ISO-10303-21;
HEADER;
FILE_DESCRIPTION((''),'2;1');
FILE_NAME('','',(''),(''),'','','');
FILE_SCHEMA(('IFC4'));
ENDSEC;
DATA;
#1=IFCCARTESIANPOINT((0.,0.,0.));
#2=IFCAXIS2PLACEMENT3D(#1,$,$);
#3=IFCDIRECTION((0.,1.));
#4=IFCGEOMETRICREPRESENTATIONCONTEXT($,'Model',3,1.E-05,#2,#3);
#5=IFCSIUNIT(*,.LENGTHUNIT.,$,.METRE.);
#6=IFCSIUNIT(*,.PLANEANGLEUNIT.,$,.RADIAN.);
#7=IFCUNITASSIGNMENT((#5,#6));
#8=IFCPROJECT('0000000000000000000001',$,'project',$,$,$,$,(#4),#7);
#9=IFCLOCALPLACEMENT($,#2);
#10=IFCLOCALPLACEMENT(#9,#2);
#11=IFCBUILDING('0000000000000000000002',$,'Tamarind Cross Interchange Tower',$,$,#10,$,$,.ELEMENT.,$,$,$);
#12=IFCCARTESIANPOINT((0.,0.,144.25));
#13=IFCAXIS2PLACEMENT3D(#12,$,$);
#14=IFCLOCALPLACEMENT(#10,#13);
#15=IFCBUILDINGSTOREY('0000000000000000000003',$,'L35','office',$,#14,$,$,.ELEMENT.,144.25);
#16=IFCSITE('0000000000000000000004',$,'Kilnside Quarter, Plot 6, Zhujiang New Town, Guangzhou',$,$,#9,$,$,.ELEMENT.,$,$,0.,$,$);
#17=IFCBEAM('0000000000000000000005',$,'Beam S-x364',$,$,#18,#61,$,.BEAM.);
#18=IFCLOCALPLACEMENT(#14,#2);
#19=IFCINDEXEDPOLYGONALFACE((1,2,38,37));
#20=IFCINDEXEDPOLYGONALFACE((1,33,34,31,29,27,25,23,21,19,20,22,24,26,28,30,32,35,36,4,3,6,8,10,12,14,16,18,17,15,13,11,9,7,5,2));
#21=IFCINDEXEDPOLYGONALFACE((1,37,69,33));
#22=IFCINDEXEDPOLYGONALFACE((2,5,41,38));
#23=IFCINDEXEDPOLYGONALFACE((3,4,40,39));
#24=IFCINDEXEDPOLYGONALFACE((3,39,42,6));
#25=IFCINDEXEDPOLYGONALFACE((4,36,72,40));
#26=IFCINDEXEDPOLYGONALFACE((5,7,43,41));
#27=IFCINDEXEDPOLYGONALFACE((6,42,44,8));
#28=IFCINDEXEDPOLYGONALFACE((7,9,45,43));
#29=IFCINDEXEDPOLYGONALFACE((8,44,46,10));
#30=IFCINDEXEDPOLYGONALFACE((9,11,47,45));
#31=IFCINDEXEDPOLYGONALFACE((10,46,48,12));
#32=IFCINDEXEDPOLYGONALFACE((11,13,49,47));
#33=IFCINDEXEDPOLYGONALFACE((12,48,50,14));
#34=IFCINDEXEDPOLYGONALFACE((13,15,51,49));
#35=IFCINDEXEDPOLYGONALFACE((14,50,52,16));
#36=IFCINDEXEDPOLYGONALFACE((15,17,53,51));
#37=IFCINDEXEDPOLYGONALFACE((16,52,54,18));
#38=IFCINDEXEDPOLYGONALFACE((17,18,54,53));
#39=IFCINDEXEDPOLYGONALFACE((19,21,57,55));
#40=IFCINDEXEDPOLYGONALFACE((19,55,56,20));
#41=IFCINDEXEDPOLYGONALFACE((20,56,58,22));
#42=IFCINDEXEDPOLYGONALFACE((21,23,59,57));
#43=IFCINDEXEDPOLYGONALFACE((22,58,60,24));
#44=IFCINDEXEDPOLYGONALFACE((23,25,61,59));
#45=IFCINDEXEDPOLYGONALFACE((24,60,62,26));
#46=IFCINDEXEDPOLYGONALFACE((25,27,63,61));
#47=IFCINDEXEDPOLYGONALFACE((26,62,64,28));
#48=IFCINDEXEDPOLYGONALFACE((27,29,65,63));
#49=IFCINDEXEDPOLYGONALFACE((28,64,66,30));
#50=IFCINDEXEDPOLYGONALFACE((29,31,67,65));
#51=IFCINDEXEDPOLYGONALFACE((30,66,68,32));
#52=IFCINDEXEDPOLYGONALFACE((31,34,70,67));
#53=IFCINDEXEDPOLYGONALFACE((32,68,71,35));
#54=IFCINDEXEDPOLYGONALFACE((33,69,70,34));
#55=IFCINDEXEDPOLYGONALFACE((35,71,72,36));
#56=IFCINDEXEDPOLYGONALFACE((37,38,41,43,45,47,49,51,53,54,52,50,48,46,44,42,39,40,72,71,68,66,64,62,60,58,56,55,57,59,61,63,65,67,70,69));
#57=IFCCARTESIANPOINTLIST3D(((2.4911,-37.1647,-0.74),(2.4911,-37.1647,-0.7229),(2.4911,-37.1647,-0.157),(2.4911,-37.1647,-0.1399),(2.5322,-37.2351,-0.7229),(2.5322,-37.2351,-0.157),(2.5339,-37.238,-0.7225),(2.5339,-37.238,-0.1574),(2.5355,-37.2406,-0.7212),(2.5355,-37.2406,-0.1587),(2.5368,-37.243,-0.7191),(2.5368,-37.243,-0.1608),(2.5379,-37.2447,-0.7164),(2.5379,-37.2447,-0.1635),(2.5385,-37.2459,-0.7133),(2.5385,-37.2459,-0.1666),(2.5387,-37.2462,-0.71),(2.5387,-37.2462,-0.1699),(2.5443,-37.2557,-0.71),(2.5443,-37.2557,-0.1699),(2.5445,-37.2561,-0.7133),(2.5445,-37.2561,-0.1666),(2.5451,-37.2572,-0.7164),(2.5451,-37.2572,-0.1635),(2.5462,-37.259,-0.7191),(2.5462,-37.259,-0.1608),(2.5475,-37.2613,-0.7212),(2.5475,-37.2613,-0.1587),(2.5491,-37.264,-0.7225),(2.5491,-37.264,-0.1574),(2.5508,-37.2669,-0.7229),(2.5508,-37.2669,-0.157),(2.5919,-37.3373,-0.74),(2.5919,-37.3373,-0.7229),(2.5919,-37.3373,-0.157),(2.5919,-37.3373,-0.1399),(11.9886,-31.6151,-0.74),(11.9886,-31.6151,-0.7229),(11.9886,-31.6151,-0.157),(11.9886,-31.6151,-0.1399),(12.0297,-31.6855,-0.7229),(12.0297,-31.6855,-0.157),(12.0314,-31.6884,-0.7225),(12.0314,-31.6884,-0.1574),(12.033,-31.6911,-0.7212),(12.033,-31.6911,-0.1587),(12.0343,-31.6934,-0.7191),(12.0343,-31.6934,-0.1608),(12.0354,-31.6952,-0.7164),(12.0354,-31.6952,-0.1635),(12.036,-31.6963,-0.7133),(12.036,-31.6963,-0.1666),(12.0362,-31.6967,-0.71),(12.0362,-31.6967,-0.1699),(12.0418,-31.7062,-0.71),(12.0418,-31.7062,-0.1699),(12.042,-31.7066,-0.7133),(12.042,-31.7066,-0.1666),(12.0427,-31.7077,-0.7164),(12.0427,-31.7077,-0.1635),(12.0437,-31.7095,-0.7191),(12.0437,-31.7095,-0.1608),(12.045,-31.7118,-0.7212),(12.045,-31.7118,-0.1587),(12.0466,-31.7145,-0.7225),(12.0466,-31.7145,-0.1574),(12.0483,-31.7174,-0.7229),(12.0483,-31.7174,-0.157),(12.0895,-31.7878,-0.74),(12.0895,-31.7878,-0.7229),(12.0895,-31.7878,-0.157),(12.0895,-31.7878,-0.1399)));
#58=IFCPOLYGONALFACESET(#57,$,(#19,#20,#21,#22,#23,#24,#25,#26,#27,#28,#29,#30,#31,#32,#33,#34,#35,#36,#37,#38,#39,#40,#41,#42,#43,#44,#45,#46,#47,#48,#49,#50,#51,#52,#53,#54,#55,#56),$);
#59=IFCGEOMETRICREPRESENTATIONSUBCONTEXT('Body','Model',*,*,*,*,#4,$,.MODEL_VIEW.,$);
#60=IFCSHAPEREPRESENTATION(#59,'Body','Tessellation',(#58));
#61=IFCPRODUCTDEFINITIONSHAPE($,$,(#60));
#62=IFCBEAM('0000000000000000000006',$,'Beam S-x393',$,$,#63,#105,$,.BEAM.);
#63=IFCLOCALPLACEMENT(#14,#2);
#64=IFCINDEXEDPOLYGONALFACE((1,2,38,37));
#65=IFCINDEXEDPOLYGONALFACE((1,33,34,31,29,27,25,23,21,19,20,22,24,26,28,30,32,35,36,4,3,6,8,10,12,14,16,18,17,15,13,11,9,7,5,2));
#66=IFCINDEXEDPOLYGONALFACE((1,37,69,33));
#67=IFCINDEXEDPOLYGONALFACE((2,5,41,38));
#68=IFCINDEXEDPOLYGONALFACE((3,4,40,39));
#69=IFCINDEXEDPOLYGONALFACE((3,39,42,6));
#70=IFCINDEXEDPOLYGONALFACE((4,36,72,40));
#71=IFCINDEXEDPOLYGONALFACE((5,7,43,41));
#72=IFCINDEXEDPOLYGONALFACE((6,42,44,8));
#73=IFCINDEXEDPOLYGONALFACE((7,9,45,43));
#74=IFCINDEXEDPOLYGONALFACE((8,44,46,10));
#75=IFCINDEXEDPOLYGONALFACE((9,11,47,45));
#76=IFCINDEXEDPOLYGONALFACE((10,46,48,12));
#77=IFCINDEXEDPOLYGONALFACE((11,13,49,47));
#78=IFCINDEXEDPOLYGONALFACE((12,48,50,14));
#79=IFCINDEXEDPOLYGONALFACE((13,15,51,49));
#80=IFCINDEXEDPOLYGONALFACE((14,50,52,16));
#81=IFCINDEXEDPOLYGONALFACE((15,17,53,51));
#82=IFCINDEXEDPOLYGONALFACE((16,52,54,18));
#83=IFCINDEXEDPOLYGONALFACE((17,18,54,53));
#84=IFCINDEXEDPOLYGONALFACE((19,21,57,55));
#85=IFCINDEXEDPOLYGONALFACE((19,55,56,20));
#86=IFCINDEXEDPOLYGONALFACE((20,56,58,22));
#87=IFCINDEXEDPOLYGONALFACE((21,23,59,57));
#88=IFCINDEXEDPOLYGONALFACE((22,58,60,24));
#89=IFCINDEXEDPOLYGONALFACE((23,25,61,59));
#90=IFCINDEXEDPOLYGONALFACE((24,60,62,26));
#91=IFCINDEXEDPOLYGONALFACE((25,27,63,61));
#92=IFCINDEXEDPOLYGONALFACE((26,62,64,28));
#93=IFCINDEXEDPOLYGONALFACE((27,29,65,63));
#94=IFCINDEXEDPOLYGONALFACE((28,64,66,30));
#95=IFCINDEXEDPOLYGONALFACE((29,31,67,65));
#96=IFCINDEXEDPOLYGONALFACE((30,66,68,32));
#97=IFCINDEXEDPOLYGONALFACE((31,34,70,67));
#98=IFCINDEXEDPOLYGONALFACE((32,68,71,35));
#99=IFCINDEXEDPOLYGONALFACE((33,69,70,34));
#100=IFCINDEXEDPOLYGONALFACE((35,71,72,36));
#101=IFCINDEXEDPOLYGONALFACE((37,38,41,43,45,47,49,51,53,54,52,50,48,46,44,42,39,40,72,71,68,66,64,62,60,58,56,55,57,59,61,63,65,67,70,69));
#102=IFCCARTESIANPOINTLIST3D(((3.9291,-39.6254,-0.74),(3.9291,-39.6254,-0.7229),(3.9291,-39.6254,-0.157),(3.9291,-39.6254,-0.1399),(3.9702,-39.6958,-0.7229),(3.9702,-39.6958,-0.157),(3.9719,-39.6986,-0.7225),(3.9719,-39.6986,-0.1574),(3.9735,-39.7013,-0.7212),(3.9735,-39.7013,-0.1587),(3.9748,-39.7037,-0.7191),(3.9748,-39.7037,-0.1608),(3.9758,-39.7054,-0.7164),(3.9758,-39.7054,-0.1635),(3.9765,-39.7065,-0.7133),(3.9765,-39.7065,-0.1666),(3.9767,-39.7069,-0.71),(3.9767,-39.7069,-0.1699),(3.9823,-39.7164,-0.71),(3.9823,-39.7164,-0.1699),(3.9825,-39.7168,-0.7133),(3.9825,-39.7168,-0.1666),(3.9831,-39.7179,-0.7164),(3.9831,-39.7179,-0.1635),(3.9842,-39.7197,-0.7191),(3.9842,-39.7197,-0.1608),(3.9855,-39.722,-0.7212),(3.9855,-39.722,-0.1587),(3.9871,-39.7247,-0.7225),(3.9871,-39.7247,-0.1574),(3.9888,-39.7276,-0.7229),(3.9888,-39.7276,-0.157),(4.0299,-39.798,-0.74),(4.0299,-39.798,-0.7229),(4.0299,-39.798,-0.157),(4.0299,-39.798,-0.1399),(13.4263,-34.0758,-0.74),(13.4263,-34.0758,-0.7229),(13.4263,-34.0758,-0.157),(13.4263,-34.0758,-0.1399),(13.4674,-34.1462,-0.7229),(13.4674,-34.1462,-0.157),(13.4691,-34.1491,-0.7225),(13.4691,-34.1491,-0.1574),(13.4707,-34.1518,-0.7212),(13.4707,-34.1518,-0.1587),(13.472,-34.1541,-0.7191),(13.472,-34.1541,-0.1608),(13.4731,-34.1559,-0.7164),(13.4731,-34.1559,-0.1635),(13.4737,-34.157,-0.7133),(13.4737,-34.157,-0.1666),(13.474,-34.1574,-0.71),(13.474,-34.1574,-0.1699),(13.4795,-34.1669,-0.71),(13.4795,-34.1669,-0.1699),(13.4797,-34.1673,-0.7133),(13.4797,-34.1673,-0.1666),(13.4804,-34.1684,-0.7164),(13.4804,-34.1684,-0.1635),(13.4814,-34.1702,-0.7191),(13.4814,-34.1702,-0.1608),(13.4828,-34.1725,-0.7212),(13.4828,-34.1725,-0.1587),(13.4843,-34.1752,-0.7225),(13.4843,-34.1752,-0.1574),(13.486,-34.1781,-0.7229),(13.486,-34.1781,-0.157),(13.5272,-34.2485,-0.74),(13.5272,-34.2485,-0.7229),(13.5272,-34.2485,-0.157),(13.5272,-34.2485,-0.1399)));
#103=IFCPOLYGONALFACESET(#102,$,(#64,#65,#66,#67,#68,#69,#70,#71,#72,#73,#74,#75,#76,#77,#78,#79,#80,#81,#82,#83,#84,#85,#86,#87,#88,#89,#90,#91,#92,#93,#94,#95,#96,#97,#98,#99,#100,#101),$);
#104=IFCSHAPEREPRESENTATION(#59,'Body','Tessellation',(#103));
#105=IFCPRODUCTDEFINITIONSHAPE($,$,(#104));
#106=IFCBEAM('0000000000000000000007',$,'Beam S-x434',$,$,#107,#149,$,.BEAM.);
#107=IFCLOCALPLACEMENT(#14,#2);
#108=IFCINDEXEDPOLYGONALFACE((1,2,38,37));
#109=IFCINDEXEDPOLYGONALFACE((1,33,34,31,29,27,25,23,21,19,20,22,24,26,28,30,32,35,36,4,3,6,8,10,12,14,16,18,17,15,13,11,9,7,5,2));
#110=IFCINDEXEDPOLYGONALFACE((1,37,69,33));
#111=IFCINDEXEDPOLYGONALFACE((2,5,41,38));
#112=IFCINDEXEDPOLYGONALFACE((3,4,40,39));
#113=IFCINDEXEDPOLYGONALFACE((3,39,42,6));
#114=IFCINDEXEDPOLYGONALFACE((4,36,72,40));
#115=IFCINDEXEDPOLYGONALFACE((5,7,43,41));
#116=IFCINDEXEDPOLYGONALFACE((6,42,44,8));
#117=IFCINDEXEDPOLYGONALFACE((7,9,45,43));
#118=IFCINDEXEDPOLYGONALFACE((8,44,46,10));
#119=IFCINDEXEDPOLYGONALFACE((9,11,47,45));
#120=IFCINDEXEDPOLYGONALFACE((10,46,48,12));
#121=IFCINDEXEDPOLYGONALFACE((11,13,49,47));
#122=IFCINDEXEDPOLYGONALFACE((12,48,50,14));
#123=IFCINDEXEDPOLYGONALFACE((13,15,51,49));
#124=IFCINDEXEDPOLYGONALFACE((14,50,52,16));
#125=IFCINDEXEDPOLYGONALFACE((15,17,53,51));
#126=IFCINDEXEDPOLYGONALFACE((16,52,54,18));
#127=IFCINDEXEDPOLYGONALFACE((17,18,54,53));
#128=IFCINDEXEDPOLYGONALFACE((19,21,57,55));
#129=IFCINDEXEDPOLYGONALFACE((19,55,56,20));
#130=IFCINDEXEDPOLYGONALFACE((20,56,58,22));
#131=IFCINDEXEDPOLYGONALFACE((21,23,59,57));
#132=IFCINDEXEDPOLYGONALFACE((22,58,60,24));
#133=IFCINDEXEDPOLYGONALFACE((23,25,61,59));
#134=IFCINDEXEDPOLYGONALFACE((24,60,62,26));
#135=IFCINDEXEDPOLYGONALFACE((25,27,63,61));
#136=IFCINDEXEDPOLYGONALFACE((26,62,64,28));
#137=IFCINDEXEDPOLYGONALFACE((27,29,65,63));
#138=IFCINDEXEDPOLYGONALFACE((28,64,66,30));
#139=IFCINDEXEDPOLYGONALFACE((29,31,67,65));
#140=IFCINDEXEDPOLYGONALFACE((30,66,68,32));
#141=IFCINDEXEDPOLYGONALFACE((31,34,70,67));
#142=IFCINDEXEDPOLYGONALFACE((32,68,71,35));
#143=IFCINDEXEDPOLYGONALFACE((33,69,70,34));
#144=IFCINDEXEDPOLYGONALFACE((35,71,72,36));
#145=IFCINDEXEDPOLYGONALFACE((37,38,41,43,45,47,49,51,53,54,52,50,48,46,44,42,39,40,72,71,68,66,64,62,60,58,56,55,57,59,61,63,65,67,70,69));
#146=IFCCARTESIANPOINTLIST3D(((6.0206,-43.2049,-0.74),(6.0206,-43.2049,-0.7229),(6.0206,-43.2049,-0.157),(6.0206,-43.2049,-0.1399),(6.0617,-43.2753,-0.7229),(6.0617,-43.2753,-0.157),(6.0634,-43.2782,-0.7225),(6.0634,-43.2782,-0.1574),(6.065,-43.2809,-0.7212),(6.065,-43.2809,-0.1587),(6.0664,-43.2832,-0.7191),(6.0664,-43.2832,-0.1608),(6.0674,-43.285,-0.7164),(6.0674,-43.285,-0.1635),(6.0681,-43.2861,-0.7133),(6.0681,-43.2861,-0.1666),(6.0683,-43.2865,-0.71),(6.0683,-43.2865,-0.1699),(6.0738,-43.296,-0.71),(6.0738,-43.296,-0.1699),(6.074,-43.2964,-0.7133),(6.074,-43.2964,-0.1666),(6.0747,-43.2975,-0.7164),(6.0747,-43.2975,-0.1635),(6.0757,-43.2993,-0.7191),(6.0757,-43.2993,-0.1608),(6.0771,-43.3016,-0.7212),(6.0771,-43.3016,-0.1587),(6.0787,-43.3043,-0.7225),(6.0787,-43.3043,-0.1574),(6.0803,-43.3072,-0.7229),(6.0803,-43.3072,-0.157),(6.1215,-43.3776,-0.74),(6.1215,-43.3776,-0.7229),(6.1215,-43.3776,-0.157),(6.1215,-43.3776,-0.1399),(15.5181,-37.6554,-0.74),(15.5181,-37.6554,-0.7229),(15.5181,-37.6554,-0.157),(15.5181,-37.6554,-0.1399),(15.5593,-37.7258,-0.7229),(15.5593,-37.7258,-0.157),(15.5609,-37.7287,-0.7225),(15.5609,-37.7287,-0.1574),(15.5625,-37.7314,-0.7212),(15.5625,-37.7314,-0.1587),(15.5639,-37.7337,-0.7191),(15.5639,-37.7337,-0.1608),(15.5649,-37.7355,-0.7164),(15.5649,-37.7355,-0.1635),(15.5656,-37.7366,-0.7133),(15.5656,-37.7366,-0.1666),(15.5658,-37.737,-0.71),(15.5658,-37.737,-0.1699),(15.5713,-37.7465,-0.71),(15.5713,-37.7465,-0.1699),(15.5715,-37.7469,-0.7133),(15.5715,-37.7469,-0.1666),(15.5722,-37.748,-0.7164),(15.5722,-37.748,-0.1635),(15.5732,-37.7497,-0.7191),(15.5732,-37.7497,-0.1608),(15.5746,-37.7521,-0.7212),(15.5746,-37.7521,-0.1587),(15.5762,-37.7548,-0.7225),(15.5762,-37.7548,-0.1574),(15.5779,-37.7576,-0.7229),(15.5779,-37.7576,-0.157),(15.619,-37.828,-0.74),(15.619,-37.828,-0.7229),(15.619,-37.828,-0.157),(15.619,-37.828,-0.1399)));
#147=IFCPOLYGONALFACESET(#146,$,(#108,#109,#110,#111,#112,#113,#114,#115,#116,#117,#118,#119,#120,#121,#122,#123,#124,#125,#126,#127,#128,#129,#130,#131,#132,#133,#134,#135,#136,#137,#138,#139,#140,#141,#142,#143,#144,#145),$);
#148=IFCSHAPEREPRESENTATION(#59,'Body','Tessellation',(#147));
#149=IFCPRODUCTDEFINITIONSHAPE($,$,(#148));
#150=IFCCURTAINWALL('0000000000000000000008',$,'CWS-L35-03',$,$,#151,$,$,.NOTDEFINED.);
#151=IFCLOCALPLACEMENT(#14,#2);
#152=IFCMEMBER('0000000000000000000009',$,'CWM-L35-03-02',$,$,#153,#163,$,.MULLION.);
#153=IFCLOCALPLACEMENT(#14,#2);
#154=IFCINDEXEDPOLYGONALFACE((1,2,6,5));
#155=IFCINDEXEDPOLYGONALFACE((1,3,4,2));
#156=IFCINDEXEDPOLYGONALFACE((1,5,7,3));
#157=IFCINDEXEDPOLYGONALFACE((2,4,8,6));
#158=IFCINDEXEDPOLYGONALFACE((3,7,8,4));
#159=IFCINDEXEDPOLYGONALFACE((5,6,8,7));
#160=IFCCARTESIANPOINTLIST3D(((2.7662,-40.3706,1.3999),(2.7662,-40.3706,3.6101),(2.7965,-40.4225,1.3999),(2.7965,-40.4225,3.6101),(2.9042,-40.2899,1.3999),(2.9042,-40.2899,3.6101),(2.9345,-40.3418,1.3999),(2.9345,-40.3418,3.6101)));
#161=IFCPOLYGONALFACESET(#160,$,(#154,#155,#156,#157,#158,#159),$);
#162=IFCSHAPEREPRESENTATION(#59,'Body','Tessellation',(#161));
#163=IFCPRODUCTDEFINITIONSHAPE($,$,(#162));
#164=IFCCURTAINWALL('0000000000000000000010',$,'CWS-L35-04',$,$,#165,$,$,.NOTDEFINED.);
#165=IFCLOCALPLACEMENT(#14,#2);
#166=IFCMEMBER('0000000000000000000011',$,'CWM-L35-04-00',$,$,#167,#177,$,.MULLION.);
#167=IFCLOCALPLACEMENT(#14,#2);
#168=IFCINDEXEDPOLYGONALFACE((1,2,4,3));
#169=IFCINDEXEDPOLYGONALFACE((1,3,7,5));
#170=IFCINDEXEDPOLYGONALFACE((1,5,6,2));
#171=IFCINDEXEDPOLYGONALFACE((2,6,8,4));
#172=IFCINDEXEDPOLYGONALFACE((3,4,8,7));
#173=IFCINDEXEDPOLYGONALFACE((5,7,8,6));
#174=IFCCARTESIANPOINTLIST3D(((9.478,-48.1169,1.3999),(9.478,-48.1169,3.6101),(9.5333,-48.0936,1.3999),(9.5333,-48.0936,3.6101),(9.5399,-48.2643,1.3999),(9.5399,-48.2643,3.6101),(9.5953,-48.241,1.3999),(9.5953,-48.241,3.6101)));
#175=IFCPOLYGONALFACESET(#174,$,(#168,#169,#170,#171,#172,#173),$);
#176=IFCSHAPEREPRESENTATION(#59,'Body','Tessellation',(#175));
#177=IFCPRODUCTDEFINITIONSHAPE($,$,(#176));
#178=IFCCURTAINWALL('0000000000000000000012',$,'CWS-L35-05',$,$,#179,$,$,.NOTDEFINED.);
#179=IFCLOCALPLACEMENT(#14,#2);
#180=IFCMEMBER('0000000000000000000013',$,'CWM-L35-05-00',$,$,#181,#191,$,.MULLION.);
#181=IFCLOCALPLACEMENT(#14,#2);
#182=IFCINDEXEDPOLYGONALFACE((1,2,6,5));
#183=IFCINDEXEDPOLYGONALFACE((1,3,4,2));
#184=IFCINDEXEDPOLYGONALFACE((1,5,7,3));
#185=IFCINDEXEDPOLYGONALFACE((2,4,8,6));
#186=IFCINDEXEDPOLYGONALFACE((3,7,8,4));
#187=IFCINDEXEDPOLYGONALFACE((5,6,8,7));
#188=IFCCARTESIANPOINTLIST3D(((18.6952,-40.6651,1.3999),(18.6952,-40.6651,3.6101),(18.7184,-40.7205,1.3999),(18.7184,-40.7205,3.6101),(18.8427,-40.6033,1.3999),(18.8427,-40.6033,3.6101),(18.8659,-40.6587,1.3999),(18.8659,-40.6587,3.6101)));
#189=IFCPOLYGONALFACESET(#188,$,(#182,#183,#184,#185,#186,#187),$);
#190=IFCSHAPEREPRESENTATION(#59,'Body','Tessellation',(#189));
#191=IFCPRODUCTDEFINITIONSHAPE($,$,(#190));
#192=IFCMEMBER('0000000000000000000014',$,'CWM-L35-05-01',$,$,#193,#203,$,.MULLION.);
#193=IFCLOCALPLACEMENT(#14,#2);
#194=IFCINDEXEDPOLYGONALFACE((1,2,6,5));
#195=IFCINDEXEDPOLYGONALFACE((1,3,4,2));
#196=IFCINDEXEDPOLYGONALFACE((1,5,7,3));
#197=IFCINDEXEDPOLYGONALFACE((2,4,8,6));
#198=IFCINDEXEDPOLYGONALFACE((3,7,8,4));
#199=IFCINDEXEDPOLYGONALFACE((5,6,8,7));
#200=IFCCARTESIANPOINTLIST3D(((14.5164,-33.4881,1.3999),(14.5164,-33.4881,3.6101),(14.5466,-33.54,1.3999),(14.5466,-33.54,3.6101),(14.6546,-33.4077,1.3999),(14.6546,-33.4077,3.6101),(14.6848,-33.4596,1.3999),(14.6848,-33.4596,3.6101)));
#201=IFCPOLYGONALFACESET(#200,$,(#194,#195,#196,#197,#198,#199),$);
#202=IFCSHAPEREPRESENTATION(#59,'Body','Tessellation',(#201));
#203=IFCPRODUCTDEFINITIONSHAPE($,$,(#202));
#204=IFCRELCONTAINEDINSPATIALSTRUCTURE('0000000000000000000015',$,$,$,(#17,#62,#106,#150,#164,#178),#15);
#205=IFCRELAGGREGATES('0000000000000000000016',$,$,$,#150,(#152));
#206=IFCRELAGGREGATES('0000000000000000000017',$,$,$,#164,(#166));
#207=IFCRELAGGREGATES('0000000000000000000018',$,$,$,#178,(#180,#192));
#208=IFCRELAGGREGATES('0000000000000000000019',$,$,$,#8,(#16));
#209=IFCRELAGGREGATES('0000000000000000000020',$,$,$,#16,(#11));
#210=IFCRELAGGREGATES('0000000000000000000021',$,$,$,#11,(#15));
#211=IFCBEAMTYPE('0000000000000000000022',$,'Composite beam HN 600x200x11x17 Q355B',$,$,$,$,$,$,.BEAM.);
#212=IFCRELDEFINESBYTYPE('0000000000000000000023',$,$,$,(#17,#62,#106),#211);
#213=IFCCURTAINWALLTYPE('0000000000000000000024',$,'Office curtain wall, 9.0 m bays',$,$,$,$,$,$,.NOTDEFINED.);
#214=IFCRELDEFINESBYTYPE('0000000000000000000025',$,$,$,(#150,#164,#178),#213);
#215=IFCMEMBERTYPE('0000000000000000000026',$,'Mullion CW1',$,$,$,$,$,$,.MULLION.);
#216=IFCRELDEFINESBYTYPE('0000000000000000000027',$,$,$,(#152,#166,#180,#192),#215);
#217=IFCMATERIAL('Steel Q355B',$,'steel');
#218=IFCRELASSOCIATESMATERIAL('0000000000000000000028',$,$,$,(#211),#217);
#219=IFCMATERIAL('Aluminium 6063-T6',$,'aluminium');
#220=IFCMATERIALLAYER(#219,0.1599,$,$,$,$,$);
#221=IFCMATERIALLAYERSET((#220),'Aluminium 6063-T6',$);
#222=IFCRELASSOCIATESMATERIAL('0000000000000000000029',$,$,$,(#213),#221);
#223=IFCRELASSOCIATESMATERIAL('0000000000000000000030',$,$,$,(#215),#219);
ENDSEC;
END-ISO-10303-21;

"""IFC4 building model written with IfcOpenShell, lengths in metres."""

from ifc_helpers import new_model, si_unit, direction, frame, origin, origin_2d, place, context, subcontext, project, spatial, rectangle, i_section, extrude, material, layer, layer_set, material_profile, profile_set, type_object, element, aggregate, save


model = new_model("IFC4")

# Units and contexts
model_context = context("Model", 3, precision=1e-05, world=origin(), true_north=direction((0.0, 1.0)))
body_context = subcontext(model_context, "Body", "Model", "MODEL_VIEW")
ifc_project = project(units=[si_unit("LENGTHUNIT", "METRE"), si_unit("PLANEANGLEUNIT", "RADIAN")], contexts=[model_context])

# Site, building, storey
site_placement = place(None, origin())
site = spatial("IfcSite", under=ifc_project, at=site_placement, Name="Kilnside Quarter, Plot 6, Zhujiang New Town, Guangzhou", CompositionType="ELEMENT", RefElevation=0.0)
building_placement = place(site_placement, origin())
building = spatial("IfcBuilding", under=site, at=building_placement, Name="Tamarind Cross Interchange Tower", CompositionType="ELEMENT")
storey_placement = place(building_placement, frame((0.0, 0.0, 144.25)))
storey = spatial("IfcBuildingStorey", under=building, at=storey_placement, Name="L35", Description="office", CompositionType="ELEMENT", Elevation=144.25)

# Beams
ifc_material_1 = material(Name="Steel Q355B", Category="steel")
ifc_material_profile_1 = material_profile(ifc_material_1, i_section(OverallWidth=0.2, OverallDepth=0.6001, WebThickness=0.011, FlangeThickness=0.0171, FilletRadius=0.0129, at=origin_2d()), Name="HN 600x200x11x17")
ifc_profile_set_1 = profile_set([ifc_material_profile_1], Name="Steel Q355B")
beam_type_1 = type_object("IfcBeamType", Name="Composite beam HN 600x200x11x17 Q355B", PredefinedType="BEAM", material=ifc_profile_set_1)
beam_1_placement = place(storey_placement, frame((2.5415, -37.251, -0.4399), z_axis=(0.86341, 0.504503, 0.0), x_axis=(-0.504503, 0.86341, 0.0)))
element("IfcBeam", 1, at=beam_1_placement, inside=storey, type_object=beam_type_1, Name="Beam S-x364", PredefinedType="BEAM", context=body_context, shape_type="SweptSolid", body=[
    extrude(i_section(OverallWidth=0.2, OverallDepth=0.6001, WebThickness=0.011, FlangeThickness=0.0171, FilletRadius=0.0129, at=origin_2d()), origin(), (0.0, 0.0, 1.0), 11.0),
])
beam_2_placement = place(storey_placement, frame((3.9795, -39.7117, -0.4399), z_axis=(0.863404, 0.504513, 0.0), x_axis=(-0.504513, 0.863404, 0.0)))
element("IfcBeam", 2, at=beam_2_placement, inside=storey, type_object=beam_type_1, Name="Beam S-x393", PredefinedType="BEAM", context=body_context, shape_type="SweptSolid", body=[
    extrude(i_section(OverallWidth=0.2, OverallDepth=0.6001, WebThickness=0.011, FlangeThickness=0.0171, FilletRadius=0.0129, at=origin_2d()), origin(), (0.0, 0.0, 1.0), 10.9998),
])
beam_3_placement = place(storey_placement, frame((6.071, -43.2913, -0.4399), z_axis=(0.86341, 0.504503, 0.0), x_axis=(-0.504503, 0.86341, 0.0)))
element("IfcBeam", 3, at=beam_3_placement, inside=storey, type_object=beam_type_1, Name="Beam S-x434", PredefinedType="BEAM", context=body_context, shape_type="SweptSolid", body=[
    extrude(i_section(OverallWidth=0.2, OverallDepth=0.6001, WebThickness=0.011, FlangeThickness=0.0171, FilletRadius=0.0129, at=origin_2d()), origin(), (0.0, 0.0, 1.0), 11.0),
])

# Curtain walls, members
ifc_material_2 = material(Name="Aluminium 6063-T6", Category="aluminium")
ifc_layer_1 = layer(ifc_material_2, 0.1599)
ifc_layer_set_1 = layer_set([ifc_layer_1], Name="Aluminium 6063-T6")
curtain_wall_type = type_object("IfcCurtainWallType", Name="Office curtain wall, 9.0 m bays", PredefinedType="NOTDEFINED", material=ifc_layer_set_1)
curtain_wall_1_placement = place(storey_placement, origin())
curtain_wall_1 = element("IfcCurtainWall", 4, at=curtain_wall_1_placement, inside=storey, type_object=curtain_wall_type, Name="CWS-L35-03", PredefinedType="NOTDEFINED")
ifc_material_profile_2 = material_profile(ifc_material_2, rectangle(XDim=0.0601, YDim=0.1599, at=origin_2d()), Name="Mullion CW1")
ifc_profile_set_2 = profile_set([ifc_material_profile_2], Name="Aluminium 6063-T6")
member_type = type_object("IfcMemberType", Name="Mullion CW1", PredefinedType="MULLION", material=ifc_profile_set_2)
member_1_placement = place(storey_placement, frame((2.8503, -40.3562, 1.3999), z_axis=(0.0, 0.0, 1.0), x_axis=(0.504516, -0.863403, 0.0)))
member_1 = element("IfcMember", 5, at=member_1_placement, type_object=member_type, Name="CWM-L35-03-02", PredefinedType="MULLION", context=body_context, shape_type="SweptSolid", body=[
    extrude(rectangle(XDim=0.0601, YDim=0.1599, at=origin_2d()), origin(), (0.0, 0.0, 1.0), 2.2102),
])
aggregate(curtain_wall_1, [member_1])
curtain_wall_2_placement = place(storey_placement, origin())
curtain_wall_2 = element("IfcCurtainWall", 6, at=curtain_wall_2_placement, inside=storey, type_object=curtain_wall_type, Name="CWS-L35-04", PredefinedType="NOTDEFINED")
member_2_placement = place(storey_placement, frame((9.5366, -48.179, 1.3999), z_axis=(0.0, 0.0, 1.0), x_axis=(0.921869, 0.387503, 0.0)))
member_2 = element("IfcMember", 7, at=member_2_placement, type_object=member_type, Name="CWM-L35-04-00", PredefinedType="MULLION", context=body_context, shape_type="SweptSolid", body=[
    extrude(rectangle(XDim=0.0601, YDim=0.1599, at=origin_2d()), origin(), (0.0, 0.0, 1.0), 2.2102),
])
aggregate(curtain_wall_2, [member_2])

# Curtain wall, members
curtain_wall_3_placement = place(storey_placement, origin())
curtain_wall_3 = element("IfcCurtainWall", 8, at=curtain_wall_3_placement, inside=storey, type_object=curtain_wall_type, Name="CWS-L35-05", PredefinedType="NOTDEFINED")
member_3_placement = place(storey_placement, frame((18.7805, -40.6619, 1.3999), z_axis=(0.0, 0.0, 1.0), x_axis=(-0.386538, 0.922273, 0.0)))
member_3 = element("IfcMember", 9, at=member_3_placement, type_object=member_type, Name="CWM-L35-05-00", PredefinedType="MULLION", context=body_context, shape_type="SweptSolid", body=[
    extrude(rectangle(XDim=0.0601, YDim=0.1599, at=origin_2d()), origin(), (0.0, 0.0, 1.0), 2.2102),
])
member_4_placement = place(storey_placement, frame((14.6006, -33.4739, 1.3999), z_axis=(0.0, 0.0, 1.0), x_axis=(-0.502708, 0.864456, 0.0)))
member_4 = element("IfcMember", 10, at=member_4_placement, type_object=member_type, Name="CWM-L35-05-01", PredefinedType="MULLION", context=body_context, shape_type="SweptSolid", body=[
    extrude(rectangle(XDim=0.0601, YDim=0.1599, at=origin_2d()), origin(), (0.0, 0.0, 1.0), 2.2102),
])
aggregate(curtain_wall_3, [member_3, member_4])

save(model, "model.ifc")
